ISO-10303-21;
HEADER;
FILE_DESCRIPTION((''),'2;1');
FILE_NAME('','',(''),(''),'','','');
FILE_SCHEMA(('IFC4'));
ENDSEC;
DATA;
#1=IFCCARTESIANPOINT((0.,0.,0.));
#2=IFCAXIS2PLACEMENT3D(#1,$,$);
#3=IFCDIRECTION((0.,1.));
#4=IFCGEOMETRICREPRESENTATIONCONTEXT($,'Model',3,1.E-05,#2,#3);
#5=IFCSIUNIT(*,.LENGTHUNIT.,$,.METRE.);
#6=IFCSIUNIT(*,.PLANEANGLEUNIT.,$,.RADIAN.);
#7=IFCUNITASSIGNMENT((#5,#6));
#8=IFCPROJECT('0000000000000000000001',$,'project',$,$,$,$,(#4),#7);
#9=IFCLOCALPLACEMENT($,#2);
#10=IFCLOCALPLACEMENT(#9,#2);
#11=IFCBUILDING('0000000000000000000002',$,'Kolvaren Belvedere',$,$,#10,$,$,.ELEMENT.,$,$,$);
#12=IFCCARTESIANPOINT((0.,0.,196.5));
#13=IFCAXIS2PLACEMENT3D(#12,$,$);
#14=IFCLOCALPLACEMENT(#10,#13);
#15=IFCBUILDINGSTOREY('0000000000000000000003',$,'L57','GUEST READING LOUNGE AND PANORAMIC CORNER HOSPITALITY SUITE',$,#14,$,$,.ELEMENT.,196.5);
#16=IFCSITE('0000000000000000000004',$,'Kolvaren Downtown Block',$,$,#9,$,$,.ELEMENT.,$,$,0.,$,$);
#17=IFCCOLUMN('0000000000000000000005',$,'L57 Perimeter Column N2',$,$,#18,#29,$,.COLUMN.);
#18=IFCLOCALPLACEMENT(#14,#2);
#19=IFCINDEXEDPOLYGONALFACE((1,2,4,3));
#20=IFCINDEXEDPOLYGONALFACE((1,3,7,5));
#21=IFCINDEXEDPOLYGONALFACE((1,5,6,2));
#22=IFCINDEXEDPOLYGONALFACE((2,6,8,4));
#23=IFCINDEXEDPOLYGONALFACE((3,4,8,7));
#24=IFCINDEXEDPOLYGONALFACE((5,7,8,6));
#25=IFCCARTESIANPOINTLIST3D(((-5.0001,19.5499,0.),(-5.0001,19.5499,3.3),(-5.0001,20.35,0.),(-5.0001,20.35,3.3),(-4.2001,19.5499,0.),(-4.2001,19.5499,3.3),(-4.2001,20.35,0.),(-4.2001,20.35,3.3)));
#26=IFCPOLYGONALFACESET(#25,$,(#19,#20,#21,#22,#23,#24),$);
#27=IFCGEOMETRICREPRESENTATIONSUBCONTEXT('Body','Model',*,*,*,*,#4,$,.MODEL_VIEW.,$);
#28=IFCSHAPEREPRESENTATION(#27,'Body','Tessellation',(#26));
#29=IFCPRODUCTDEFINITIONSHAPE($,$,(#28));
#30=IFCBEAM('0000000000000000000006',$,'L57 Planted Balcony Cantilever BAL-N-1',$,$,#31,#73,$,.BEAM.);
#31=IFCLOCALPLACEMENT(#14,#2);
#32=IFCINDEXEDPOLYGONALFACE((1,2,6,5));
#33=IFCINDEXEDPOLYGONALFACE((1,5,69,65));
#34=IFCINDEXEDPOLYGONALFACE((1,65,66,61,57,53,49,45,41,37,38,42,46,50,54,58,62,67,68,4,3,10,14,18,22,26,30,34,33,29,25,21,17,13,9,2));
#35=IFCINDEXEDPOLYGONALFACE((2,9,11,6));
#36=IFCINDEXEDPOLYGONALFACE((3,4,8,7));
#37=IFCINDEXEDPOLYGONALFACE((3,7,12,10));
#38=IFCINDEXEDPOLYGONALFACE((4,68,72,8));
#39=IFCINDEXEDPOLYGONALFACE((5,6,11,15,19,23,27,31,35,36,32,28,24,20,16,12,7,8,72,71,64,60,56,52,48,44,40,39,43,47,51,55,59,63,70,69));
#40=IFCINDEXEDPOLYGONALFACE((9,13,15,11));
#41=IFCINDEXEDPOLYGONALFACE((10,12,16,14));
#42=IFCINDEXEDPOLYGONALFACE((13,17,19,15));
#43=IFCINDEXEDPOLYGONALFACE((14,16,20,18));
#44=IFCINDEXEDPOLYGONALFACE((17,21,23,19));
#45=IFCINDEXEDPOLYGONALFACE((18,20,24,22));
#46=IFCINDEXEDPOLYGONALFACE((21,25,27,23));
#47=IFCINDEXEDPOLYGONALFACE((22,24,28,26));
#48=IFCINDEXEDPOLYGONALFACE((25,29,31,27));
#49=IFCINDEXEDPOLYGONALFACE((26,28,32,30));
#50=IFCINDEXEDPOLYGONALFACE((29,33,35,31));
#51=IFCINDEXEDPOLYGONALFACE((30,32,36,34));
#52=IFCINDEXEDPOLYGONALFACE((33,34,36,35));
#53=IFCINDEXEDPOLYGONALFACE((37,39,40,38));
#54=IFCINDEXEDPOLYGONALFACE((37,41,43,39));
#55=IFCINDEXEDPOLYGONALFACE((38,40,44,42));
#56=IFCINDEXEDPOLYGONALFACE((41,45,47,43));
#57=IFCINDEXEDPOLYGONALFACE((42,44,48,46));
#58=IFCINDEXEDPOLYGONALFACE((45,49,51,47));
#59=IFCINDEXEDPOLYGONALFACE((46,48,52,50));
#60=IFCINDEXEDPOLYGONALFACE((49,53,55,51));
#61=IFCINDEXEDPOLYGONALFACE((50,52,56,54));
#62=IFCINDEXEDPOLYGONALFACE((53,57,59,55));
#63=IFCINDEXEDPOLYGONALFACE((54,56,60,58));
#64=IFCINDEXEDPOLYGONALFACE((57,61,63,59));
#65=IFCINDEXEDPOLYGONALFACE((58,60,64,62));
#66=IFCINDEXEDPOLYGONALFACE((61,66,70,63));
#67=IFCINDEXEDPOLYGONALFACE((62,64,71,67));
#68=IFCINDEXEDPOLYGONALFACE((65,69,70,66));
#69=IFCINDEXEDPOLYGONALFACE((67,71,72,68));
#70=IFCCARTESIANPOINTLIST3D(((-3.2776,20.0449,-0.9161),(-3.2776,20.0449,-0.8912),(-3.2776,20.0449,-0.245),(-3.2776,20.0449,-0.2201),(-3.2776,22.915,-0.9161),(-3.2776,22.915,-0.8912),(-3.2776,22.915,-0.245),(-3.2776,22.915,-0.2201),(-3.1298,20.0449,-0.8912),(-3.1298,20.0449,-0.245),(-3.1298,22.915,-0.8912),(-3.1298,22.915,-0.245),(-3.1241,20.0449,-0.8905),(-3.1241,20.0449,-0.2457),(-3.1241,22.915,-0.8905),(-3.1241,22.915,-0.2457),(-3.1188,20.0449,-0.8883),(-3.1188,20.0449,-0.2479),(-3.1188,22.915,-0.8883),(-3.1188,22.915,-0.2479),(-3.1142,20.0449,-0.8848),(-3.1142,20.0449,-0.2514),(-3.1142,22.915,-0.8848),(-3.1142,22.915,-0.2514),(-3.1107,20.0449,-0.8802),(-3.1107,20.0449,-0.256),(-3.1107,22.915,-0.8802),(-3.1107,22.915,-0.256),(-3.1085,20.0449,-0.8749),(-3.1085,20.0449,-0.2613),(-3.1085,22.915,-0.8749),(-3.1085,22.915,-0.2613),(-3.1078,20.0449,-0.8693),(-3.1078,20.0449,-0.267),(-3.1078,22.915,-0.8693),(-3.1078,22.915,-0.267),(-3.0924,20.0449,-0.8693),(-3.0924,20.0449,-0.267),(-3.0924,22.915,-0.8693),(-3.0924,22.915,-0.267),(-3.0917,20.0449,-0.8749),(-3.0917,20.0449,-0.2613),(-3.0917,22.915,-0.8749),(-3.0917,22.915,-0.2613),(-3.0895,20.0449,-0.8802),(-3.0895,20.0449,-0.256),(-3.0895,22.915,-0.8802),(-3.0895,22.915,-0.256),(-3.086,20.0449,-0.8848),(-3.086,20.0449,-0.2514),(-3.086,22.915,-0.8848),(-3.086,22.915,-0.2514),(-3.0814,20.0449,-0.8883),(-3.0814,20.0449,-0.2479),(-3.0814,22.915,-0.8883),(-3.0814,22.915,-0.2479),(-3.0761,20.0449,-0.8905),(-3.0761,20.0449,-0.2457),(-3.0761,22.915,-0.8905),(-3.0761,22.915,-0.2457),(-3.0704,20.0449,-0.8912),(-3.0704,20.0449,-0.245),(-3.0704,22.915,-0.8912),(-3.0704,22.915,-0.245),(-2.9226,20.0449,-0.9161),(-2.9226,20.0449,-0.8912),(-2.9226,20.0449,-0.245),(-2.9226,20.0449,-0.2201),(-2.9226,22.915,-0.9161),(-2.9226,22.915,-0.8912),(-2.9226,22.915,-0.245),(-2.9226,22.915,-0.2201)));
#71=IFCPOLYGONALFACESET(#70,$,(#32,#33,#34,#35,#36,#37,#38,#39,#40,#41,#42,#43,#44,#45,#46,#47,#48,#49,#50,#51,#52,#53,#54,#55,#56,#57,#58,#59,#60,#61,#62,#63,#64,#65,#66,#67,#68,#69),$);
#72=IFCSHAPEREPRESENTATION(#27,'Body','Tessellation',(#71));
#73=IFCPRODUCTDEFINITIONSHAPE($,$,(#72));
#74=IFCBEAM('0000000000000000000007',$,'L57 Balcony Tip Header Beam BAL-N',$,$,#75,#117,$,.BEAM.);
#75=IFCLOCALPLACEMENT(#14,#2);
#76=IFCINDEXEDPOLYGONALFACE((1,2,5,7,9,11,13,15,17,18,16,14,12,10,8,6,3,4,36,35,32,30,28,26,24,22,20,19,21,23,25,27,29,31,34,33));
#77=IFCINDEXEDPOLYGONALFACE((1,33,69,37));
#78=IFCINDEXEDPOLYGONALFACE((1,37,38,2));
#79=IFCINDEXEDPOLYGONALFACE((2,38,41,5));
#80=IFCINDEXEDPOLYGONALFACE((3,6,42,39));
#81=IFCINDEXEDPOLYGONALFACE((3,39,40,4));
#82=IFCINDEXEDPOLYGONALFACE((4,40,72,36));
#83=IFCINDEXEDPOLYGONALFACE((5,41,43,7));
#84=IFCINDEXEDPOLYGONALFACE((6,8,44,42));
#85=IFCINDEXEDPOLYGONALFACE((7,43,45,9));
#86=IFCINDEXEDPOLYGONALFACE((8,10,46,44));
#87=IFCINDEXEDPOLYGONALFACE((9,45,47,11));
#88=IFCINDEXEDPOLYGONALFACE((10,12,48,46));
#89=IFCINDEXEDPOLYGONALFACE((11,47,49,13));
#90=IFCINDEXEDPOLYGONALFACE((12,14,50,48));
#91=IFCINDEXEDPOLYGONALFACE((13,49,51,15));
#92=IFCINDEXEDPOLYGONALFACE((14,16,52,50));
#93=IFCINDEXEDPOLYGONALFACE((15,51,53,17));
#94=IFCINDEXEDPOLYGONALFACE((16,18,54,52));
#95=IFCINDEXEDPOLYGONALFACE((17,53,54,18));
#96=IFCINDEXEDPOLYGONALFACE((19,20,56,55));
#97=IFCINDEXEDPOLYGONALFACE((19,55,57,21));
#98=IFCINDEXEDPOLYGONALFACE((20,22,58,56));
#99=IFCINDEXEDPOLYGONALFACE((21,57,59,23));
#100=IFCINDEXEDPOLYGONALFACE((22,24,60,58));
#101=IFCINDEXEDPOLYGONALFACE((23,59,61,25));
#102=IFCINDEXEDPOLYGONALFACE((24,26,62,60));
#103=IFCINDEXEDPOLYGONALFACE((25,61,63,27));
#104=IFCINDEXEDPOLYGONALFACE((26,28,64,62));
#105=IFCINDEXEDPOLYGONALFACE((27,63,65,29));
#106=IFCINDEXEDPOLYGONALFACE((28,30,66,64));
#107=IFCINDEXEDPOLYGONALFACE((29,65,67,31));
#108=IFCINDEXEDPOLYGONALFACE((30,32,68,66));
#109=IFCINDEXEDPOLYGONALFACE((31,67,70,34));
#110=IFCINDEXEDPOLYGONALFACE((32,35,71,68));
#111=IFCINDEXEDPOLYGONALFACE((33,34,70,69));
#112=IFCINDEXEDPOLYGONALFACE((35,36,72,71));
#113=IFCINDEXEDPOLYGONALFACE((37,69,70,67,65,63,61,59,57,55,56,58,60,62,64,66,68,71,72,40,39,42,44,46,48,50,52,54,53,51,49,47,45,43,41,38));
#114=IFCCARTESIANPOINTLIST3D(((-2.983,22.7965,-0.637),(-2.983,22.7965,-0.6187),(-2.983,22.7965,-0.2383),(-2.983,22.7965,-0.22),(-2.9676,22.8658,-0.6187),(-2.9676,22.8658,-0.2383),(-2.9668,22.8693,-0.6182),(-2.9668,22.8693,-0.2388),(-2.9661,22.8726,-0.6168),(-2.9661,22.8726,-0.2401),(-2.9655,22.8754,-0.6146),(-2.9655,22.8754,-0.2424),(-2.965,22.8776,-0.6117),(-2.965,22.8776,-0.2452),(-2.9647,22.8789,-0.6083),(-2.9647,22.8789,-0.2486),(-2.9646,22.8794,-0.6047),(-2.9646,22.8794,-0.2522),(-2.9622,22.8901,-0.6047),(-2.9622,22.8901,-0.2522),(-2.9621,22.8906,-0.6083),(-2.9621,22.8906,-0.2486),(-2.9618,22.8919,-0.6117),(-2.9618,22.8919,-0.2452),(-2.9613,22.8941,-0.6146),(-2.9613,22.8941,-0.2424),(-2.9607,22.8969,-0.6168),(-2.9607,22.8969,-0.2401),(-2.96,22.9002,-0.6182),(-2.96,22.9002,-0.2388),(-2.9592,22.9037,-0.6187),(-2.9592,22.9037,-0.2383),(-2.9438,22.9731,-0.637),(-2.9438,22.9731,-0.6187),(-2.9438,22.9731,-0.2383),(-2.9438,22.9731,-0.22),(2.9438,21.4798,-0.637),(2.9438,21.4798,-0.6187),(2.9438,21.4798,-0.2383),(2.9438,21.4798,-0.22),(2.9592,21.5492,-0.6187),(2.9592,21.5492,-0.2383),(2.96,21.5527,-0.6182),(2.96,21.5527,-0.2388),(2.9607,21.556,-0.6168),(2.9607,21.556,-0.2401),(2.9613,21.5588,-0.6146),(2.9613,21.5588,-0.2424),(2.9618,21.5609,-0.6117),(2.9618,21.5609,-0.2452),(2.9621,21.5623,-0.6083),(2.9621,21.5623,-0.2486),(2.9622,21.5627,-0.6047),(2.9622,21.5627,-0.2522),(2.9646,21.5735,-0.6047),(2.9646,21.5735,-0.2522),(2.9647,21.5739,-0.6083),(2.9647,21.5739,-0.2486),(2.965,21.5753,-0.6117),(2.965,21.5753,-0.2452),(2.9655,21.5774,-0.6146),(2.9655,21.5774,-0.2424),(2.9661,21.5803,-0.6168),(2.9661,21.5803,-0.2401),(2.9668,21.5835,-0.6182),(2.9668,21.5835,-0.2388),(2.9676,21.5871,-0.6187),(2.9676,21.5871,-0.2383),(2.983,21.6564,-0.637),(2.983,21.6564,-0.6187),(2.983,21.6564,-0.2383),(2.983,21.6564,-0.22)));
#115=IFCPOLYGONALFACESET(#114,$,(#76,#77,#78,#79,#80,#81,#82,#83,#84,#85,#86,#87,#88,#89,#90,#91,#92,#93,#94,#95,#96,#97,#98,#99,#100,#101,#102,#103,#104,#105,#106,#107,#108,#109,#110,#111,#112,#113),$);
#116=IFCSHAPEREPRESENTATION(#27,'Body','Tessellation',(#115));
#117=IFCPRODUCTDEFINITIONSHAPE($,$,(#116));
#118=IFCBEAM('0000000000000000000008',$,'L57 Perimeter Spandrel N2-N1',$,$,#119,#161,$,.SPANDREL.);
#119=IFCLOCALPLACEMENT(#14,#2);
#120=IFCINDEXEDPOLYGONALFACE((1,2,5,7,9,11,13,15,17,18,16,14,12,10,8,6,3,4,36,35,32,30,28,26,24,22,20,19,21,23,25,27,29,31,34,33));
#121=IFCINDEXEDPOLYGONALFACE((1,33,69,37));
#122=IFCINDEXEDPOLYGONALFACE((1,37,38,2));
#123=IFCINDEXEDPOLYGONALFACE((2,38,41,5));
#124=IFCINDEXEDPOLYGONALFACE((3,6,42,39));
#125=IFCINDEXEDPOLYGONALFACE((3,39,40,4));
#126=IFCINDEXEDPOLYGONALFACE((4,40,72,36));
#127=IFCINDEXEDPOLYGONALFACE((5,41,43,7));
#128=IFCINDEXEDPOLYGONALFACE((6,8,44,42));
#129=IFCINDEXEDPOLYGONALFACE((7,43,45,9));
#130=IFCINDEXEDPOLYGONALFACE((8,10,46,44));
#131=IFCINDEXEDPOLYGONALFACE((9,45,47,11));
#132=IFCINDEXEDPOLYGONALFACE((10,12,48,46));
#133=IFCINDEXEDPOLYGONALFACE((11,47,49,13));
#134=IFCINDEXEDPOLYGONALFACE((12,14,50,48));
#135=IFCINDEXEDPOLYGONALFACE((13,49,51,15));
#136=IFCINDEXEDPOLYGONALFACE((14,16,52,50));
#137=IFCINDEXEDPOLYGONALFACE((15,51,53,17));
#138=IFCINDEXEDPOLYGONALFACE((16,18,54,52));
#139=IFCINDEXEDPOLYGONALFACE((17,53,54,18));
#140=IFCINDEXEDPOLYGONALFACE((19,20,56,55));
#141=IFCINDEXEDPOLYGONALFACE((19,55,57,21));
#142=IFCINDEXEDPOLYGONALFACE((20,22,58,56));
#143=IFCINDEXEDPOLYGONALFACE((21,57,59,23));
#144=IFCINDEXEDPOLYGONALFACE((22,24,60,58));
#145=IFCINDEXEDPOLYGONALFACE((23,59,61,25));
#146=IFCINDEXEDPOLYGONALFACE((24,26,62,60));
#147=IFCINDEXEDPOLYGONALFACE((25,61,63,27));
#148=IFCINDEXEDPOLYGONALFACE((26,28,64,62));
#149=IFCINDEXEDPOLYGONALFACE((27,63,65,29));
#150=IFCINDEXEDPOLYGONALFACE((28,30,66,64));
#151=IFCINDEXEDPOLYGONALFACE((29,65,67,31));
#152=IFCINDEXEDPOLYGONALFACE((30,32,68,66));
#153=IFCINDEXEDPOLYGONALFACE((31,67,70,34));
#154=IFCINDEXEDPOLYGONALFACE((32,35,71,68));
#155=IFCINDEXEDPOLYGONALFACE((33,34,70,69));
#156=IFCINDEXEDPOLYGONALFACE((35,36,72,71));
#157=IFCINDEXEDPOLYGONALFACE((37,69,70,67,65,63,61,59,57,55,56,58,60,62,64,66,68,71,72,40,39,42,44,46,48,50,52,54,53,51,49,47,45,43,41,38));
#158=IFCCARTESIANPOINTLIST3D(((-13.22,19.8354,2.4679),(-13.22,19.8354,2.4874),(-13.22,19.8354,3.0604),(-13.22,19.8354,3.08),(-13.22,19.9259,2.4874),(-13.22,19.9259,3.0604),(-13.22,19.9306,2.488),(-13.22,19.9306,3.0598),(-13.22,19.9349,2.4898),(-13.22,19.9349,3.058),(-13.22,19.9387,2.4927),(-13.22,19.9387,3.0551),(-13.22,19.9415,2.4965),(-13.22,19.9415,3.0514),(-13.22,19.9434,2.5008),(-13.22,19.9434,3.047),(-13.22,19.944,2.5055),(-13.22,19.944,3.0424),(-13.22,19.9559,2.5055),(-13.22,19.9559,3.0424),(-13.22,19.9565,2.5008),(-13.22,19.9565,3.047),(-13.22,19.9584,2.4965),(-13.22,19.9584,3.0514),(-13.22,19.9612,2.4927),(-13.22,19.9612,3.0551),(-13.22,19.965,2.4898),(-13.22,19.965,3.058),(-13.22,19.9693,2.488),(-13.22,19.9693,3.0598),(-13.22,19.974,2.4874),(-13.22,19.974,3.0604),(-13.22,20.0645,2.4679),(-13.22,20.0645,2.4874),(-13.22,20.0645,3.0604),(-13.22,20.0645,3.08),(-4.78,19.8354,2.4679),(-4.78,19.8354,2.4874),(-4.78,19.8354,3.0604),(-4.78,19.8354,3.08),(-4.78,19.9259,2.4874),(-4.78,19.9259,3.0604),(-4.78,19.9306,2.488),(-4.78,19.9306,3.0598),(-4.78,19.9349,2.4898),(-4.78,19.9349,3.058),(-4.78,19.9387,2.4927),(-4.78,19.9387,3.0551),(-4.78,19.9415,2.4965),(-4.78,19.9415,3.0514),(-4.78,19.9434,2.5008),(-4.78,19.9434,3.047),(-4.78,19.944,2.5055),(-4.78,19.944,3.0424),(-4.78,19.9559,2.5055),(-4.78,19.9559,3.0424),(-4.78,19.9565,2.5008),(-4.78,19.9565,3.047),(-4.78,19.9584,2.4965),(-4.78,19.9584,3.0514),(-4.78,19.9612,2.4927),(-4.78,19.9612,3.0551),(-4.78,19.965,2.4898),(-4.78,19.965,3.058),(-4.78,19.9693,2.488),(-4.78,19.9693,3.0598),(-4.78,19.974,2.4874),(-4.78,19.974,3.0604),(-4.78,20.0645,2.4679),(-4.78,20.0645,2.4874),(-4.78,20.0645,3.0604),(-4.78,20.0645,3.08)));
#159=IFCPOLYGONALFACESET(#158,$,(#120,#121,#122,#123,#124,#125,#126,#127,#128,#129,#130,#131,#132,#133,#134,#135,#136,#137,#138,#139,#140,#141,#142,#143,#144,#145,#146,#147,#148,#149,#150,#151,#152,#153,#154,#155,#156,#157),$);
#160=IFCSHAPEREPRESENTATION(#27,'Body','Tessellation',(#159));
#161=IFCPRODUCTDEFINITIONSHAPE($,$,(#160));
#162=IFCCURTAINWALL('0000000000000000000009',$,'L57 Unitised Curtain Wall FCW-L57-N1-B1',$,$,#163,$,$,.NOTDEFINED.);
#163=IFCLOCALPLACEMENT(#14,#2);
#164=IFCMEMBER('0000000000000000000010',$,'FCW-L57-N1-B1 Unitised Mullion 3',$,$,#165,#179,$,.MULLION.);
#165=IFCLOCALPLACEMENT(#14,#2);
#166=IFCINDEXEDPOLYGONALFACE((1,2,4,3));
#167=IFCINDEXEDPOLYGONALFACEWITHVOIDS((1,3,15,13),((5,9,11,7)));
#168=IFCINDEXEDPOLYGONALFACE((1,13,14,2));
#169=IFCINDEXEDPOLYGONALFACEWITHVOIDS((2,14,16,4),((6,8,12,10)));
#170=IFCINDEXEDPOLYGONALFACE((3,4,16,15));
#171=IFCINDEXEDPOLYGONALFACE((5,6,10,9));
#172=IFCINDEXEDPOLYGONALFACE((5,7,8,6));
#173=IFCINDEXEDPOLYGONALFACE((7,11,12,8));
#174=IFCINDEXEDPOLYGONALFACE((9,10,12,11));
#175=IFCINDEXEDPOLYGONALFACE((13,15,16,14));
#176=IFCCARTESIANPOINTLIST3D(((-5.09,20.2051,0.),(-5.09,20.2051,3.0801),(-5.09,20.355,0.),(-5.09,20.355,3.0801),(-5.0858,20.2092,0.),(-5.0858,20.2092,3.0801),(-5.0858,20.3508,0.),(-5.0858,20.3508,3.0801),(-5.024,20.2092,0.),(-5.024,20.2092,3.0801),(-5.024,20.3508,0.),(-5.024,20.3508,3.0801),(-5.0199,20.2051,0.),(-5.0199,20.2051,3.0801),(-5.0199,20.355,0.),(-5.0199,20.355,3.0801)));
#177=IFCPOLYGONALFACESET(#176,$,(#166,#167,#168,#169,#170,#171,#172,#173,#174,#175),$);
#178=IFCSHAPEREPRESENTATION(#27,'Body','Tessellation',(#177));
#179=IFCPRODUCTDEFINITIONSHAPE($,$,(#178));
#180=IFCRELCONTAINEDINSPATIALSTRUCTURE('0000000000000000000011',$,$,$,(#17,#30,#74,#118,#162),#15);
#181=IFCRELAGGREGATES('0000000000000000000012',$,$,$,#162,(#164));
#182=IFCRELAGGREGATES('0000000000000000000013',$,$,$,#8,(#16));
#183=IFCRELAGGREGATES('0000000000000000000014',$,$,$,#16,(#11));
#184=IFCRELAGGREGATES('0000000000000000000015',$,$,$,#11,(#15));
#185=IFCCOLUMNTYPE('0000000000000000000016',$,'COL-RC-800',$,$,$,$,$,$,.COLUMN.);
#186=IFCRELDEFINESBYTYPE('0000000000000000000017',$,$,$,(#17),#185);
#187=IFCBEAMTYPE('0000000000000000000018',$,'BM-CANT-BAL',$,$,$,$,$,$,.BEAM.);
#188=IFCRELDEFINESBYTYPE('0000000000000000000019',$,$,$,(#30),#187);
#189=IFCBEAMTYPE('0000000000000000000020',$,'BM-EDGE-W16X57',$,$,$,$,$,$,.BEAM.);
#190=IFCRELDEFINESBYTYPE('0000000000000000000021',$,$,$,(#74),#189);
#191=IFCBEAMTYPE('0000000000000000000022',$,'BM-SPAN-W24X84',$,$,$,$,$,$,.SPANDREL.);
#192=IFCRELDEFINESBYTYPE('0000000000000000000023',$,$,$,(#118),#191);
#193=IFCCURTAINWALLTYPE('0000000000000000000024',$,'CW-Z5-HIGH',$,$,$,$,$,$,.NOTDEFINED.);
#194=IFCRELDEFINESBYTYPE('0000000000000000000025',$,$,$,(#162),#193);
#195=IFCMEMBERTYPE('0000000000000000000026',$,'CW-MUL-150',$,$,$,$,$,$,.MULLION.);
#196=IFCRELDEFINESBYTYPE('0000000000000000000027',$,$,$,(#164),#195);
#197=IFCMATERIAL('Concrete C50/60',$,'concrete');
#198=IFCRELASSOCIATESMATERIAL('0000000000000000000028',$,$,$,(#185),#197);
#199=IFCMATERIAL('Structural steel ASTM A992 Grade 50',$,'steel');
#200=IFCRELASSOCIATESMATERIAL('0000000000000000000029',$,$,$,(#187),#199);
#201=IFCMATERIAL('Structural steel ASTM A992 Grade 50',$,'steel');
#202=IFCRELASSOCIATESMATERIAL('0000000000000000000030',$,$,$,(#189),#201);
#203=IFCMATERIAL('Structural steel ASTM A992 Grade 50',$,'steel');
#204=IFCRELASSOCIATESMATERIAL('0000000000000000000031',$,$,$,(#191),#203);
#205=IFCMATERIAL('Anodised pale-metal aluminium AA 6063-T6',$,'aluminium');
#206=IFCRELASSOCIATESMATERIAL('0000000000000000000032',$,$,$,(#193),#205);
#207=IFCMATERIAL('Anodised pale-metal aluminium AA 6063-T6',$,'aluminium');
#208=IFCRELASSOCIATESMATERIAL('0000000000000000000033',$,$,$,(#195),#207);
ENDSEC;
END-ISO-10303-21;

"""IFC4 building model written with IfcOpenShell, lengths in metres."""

from ifc_helpers import new_model, si_unit, direction, frame, origin, origin_2d, place, context, subcontext, project, spatial, rectangle, hollow_rectangle, i_section, extrude, material, material_profile, profile_set, type_object, element, aggregate, save


model = new_model("IFC4")

# Units and contexts
model_context = context("Model", 3, precision=1e-05, world=origin(), true_north=direction((0.0, 1.0)))
body_context = subcontext(model_context, "Body", "Model", "MODEL_VIEW")
ifc_project = project(units=[si_unit("LENGTHUNIT", "METRE"), si_unit("PLANEANGLEUNIT", "RADIAN")], contexts=[model_context])

# Site, building, storey
site_placement = place(None, origin())
site = spatial("IfcSite", under=ifc_project, at=site_placement, Name="Kolvaren Downtown Block", CompositionType="ELEMENT", RefElevation=0.0)
building_placement = place(site_placement, origin())
building = spatial("IfcBuilding", under=site, at=building_placement, Name="Kolvaren Belvedere", CompositionType="ELEMENT")
storey_placement = place(building_placement, frame((0.0, 0.0, 196.5)))
storey = spatial("IfcBuildingStorey", under=building, at=storey_placement, Name="L57", Description="GUEST READING LOUNGE AND PANORAMIC CORNER HOSPITALITY SUITE", CompositionType="ELEMENT", Elevation=196.5)

# Column
ifc_material_1 = material(Name="Concrete C50/60", Category="concrete")
ifc_material_profile_1 = material_profile(ifc_material_1, rectangle(XDim=0.8, YDim=0.8, at=origin_2d()), Name="RC 800X800")
ifc_profile_set_1 = profile_set([ifc_material_profile_1], Name="Concrete C50/60")
column_type = type_object("IfcColumnType", Name="COL-RC-800", PredefinedType="COLUMN", material=ifc_profile_set_1)
column_placement = place(storey_placement, frame((-4.6001, 19.95, 0.0), z_axis=(0.0, 0.0, 1.0), x_axis=(1.0, 0.0, 0.0)))
element("IfcColumn", 1, at=column_placement, inside=storey, type_object=column_type, Name="L57 Perimeter Column N2", PredefinedType="COLUMN", context=body_context, shape_type="SweptSolid", body=[
    extrude(rectangle(XDim=0.8, YDim=0.8, at=origin_2d()), origin(), (0.0, 0.0, 1.0), 3.3),
])

# Beams
ifc_material_2 = material(Name="Structural steel ASTM A992 Grade 50", Category="steel")
ifc_material_profile_2 = material_profile(ifc_material_2, i_section(OverallWidth=0.355, OverallDepth=0.696, WebThickness=0.0154, FlangeThickness=0.0249, FilletRadius=0.022, at=origin_2d()), Name="W27X146")
ifc_profile_set_2 = profile_set([ifc_material_profile_2], Name="Structural steel ASTM A992 Grade 50")
beam_type_1 = type_object("IfcBeamType", Name="BM-CANT-BAL", PredefinedType="BEAM", material=ifc_profile_set_2)
beam_1_placement = place(storey_placement, frame((-3.1001, 20.0449, -0.5681), z_axis=(0.0, 1.0, 0.0), x_axis=(-1.0, 0.0, 0.0)))
element("IfcBeam", 2, at=beam_1_placement, inside=storey, type_object=beam_type_1, Name="L57 Planted Balcony Cantilever BAL-N-1", PredefinedType="BEAM", context=body_context, shape_type="SweptSolid", body=[
    extrude(i_section(OverallWidth=0.355, OverallDepth=0.696, WebThickness=0.0154, FlangeThickness=0.0249, FilletRadius=0.022, at=origin_2d()), origin(), (0.0, 0.0, 1.0), 2.8701),
])
ifc_material_3 = material(Name="Structural steel ASTM A992 Grade 50", Category="steel")
ifc_material_profile_3 = material_profile(ifc_material_3, i_section(OverallWidth=0.1809, OverallDepth=0.417, WebThickness=0.011, FlangeThickness=0.0183, FilletRadius=0.0139, at=origin_2d()), Name="W16X57")
ifc_profile_set_3 = profile_set([ifc_material_profile_3], Name="Structural steel ASTM A992 Grade 50")
beam_type_2 = type_object("IfcBeamType", Name="BM-EDGE-W16X57", PredefinedType="BEAM", material=ifc_profile_set_3)
beam_2_placement = place(storey_placement, frame((-2.9634, 22.8848, -0.4285), z_axis=(0.976201, -0.216867, 0.0), x_axis=(0.216867, 0.976201, 0.0)))
element("IfcBeam", 3, at=beam_2_placement, inside=storey, type_object=beam_type_2, Name="L57 Balcony Tip Header Beam BAL-N", PredefinedType="BEAM", context=body_context, shape_type="SweptSolid", body=[
    extrude(i_section(OverallWidth=0.1809, OverallDepth=0.417, WebThickness=0.011, FlangeThickness=0.0183, FilletRadius=0.0139, at=origin_2d()), origin(), (0.0, 0.0, 1.0), 6.0713),
])
ifc_material_4 = material(Name="Structural steel ASTM A992 Grade 50", Category="steel")
ifc_material_profile_4 = material_profile(ifc_material_4, i_section(OverallWidth=0.229, OverallDepth=0.6121, WebThickness=0.012, FlangeThickness=0.0195, FilletRadius=0.0181, at=origin_2d()), Name="W24X84")
ifc_profile_set_4 = profile_set([ifc_material_profile_4], Name="Structural steel ASTM A992 Grade 50")
beam_type_3 = type_object("IfcBeamType", Name="BM-SPAN-W24X84", PredefinedType="SPANDREL", material=ifc_profile_set_4)
beam_3_placement = place(storey_placement, frame((-4.78, 19.95, 2.7739), z_axis=(-1.0, 0.0, 0.0), x_axis=(0.0, -1.0, 0.0)))
element("IfcBeam", 4, at=beam_3_placement, inside=storey, type_object=beam_type_3, Name="L57 Perimeter Spandrel N2-N1", PredefinedType="SPANDREL", context=body_context, shape_type="SweptSolid", body=[
    extrude(i_section(OverallWidth=0.229, OverallDepth=0.6121, WebThickness=0.012, FlangeThickness=0.0195, FilletRadius=0.0181, at=origin_2d()), origin(), (0.0, 0.0, 1.0), 8.4399),
])

# Curtain wall, member
ifc_material_5 = material(Name="Anodised pale-metal aluminium AA 6063-T6", Category="aluminium")
curtain_wall_type = type_object("IfcCurtainWallType", Name="CW-Z5-HIGH", PredefinedType="NOTDEFINED", material=ifc_material_5)
curtain_wall_1_placement = place(storey_placement, origin())
curtain_wall_1 = element("IfcCurtainWall", 5, at=curtain_wall_1_placement, inside=storey, type_object=curtain_wall_type, Name="L57 Unitised Curtain Wall FCW-L57-N1-B1", PredefinedType="NOTDEFINED")
ifc_material_6 = material(Name="Anodised pale-metal aluminium AA 6063-T6", Category="aluminium")
ifc_material_profile_5 = material_profile(ifc_material_6, hollow_rectangle(XDim=0.0701, YDim=0.1499, WallThickness=0.0042, at=origin_2d()), Name="ALU-MUL-150X70")
ifc_profile_set_5 = profile_set([ifc_material_profile_5], Name="Anodised pale-metal aluminium AA 6063-T6")
member_type_1 = type_object("IfcMemberType", Name="CW-MUL-150", PredefinedType="MULLION", material=ifc_profile_set_5)
member_1_placement = place(storey_placement, frame((-5.0549, 20.28, 0.0), z_axis=(0.0, 0.0, 1.0), x_axis=(1.0, 0.0, 0.0)))
member_1 = element("IfcMember", 6, at=member_1_placement, type_object=member_type_1, Name="FCW-L57-N1-B1 Unitised Mullion 3", PredefinedType="MULLION", context=body_context, shape_type="SweptSolid", body=[
    extrude(hollow_rectangle(XDim=0.0701, YDim=0.1499, WallThickness=0.0042, at=origin_2d()), origin(), (0.0, 0.0, 1.0), 3.0801),
])
aggregate(curtain_wall_1, [member_1])

save(model, "model.ifc")
